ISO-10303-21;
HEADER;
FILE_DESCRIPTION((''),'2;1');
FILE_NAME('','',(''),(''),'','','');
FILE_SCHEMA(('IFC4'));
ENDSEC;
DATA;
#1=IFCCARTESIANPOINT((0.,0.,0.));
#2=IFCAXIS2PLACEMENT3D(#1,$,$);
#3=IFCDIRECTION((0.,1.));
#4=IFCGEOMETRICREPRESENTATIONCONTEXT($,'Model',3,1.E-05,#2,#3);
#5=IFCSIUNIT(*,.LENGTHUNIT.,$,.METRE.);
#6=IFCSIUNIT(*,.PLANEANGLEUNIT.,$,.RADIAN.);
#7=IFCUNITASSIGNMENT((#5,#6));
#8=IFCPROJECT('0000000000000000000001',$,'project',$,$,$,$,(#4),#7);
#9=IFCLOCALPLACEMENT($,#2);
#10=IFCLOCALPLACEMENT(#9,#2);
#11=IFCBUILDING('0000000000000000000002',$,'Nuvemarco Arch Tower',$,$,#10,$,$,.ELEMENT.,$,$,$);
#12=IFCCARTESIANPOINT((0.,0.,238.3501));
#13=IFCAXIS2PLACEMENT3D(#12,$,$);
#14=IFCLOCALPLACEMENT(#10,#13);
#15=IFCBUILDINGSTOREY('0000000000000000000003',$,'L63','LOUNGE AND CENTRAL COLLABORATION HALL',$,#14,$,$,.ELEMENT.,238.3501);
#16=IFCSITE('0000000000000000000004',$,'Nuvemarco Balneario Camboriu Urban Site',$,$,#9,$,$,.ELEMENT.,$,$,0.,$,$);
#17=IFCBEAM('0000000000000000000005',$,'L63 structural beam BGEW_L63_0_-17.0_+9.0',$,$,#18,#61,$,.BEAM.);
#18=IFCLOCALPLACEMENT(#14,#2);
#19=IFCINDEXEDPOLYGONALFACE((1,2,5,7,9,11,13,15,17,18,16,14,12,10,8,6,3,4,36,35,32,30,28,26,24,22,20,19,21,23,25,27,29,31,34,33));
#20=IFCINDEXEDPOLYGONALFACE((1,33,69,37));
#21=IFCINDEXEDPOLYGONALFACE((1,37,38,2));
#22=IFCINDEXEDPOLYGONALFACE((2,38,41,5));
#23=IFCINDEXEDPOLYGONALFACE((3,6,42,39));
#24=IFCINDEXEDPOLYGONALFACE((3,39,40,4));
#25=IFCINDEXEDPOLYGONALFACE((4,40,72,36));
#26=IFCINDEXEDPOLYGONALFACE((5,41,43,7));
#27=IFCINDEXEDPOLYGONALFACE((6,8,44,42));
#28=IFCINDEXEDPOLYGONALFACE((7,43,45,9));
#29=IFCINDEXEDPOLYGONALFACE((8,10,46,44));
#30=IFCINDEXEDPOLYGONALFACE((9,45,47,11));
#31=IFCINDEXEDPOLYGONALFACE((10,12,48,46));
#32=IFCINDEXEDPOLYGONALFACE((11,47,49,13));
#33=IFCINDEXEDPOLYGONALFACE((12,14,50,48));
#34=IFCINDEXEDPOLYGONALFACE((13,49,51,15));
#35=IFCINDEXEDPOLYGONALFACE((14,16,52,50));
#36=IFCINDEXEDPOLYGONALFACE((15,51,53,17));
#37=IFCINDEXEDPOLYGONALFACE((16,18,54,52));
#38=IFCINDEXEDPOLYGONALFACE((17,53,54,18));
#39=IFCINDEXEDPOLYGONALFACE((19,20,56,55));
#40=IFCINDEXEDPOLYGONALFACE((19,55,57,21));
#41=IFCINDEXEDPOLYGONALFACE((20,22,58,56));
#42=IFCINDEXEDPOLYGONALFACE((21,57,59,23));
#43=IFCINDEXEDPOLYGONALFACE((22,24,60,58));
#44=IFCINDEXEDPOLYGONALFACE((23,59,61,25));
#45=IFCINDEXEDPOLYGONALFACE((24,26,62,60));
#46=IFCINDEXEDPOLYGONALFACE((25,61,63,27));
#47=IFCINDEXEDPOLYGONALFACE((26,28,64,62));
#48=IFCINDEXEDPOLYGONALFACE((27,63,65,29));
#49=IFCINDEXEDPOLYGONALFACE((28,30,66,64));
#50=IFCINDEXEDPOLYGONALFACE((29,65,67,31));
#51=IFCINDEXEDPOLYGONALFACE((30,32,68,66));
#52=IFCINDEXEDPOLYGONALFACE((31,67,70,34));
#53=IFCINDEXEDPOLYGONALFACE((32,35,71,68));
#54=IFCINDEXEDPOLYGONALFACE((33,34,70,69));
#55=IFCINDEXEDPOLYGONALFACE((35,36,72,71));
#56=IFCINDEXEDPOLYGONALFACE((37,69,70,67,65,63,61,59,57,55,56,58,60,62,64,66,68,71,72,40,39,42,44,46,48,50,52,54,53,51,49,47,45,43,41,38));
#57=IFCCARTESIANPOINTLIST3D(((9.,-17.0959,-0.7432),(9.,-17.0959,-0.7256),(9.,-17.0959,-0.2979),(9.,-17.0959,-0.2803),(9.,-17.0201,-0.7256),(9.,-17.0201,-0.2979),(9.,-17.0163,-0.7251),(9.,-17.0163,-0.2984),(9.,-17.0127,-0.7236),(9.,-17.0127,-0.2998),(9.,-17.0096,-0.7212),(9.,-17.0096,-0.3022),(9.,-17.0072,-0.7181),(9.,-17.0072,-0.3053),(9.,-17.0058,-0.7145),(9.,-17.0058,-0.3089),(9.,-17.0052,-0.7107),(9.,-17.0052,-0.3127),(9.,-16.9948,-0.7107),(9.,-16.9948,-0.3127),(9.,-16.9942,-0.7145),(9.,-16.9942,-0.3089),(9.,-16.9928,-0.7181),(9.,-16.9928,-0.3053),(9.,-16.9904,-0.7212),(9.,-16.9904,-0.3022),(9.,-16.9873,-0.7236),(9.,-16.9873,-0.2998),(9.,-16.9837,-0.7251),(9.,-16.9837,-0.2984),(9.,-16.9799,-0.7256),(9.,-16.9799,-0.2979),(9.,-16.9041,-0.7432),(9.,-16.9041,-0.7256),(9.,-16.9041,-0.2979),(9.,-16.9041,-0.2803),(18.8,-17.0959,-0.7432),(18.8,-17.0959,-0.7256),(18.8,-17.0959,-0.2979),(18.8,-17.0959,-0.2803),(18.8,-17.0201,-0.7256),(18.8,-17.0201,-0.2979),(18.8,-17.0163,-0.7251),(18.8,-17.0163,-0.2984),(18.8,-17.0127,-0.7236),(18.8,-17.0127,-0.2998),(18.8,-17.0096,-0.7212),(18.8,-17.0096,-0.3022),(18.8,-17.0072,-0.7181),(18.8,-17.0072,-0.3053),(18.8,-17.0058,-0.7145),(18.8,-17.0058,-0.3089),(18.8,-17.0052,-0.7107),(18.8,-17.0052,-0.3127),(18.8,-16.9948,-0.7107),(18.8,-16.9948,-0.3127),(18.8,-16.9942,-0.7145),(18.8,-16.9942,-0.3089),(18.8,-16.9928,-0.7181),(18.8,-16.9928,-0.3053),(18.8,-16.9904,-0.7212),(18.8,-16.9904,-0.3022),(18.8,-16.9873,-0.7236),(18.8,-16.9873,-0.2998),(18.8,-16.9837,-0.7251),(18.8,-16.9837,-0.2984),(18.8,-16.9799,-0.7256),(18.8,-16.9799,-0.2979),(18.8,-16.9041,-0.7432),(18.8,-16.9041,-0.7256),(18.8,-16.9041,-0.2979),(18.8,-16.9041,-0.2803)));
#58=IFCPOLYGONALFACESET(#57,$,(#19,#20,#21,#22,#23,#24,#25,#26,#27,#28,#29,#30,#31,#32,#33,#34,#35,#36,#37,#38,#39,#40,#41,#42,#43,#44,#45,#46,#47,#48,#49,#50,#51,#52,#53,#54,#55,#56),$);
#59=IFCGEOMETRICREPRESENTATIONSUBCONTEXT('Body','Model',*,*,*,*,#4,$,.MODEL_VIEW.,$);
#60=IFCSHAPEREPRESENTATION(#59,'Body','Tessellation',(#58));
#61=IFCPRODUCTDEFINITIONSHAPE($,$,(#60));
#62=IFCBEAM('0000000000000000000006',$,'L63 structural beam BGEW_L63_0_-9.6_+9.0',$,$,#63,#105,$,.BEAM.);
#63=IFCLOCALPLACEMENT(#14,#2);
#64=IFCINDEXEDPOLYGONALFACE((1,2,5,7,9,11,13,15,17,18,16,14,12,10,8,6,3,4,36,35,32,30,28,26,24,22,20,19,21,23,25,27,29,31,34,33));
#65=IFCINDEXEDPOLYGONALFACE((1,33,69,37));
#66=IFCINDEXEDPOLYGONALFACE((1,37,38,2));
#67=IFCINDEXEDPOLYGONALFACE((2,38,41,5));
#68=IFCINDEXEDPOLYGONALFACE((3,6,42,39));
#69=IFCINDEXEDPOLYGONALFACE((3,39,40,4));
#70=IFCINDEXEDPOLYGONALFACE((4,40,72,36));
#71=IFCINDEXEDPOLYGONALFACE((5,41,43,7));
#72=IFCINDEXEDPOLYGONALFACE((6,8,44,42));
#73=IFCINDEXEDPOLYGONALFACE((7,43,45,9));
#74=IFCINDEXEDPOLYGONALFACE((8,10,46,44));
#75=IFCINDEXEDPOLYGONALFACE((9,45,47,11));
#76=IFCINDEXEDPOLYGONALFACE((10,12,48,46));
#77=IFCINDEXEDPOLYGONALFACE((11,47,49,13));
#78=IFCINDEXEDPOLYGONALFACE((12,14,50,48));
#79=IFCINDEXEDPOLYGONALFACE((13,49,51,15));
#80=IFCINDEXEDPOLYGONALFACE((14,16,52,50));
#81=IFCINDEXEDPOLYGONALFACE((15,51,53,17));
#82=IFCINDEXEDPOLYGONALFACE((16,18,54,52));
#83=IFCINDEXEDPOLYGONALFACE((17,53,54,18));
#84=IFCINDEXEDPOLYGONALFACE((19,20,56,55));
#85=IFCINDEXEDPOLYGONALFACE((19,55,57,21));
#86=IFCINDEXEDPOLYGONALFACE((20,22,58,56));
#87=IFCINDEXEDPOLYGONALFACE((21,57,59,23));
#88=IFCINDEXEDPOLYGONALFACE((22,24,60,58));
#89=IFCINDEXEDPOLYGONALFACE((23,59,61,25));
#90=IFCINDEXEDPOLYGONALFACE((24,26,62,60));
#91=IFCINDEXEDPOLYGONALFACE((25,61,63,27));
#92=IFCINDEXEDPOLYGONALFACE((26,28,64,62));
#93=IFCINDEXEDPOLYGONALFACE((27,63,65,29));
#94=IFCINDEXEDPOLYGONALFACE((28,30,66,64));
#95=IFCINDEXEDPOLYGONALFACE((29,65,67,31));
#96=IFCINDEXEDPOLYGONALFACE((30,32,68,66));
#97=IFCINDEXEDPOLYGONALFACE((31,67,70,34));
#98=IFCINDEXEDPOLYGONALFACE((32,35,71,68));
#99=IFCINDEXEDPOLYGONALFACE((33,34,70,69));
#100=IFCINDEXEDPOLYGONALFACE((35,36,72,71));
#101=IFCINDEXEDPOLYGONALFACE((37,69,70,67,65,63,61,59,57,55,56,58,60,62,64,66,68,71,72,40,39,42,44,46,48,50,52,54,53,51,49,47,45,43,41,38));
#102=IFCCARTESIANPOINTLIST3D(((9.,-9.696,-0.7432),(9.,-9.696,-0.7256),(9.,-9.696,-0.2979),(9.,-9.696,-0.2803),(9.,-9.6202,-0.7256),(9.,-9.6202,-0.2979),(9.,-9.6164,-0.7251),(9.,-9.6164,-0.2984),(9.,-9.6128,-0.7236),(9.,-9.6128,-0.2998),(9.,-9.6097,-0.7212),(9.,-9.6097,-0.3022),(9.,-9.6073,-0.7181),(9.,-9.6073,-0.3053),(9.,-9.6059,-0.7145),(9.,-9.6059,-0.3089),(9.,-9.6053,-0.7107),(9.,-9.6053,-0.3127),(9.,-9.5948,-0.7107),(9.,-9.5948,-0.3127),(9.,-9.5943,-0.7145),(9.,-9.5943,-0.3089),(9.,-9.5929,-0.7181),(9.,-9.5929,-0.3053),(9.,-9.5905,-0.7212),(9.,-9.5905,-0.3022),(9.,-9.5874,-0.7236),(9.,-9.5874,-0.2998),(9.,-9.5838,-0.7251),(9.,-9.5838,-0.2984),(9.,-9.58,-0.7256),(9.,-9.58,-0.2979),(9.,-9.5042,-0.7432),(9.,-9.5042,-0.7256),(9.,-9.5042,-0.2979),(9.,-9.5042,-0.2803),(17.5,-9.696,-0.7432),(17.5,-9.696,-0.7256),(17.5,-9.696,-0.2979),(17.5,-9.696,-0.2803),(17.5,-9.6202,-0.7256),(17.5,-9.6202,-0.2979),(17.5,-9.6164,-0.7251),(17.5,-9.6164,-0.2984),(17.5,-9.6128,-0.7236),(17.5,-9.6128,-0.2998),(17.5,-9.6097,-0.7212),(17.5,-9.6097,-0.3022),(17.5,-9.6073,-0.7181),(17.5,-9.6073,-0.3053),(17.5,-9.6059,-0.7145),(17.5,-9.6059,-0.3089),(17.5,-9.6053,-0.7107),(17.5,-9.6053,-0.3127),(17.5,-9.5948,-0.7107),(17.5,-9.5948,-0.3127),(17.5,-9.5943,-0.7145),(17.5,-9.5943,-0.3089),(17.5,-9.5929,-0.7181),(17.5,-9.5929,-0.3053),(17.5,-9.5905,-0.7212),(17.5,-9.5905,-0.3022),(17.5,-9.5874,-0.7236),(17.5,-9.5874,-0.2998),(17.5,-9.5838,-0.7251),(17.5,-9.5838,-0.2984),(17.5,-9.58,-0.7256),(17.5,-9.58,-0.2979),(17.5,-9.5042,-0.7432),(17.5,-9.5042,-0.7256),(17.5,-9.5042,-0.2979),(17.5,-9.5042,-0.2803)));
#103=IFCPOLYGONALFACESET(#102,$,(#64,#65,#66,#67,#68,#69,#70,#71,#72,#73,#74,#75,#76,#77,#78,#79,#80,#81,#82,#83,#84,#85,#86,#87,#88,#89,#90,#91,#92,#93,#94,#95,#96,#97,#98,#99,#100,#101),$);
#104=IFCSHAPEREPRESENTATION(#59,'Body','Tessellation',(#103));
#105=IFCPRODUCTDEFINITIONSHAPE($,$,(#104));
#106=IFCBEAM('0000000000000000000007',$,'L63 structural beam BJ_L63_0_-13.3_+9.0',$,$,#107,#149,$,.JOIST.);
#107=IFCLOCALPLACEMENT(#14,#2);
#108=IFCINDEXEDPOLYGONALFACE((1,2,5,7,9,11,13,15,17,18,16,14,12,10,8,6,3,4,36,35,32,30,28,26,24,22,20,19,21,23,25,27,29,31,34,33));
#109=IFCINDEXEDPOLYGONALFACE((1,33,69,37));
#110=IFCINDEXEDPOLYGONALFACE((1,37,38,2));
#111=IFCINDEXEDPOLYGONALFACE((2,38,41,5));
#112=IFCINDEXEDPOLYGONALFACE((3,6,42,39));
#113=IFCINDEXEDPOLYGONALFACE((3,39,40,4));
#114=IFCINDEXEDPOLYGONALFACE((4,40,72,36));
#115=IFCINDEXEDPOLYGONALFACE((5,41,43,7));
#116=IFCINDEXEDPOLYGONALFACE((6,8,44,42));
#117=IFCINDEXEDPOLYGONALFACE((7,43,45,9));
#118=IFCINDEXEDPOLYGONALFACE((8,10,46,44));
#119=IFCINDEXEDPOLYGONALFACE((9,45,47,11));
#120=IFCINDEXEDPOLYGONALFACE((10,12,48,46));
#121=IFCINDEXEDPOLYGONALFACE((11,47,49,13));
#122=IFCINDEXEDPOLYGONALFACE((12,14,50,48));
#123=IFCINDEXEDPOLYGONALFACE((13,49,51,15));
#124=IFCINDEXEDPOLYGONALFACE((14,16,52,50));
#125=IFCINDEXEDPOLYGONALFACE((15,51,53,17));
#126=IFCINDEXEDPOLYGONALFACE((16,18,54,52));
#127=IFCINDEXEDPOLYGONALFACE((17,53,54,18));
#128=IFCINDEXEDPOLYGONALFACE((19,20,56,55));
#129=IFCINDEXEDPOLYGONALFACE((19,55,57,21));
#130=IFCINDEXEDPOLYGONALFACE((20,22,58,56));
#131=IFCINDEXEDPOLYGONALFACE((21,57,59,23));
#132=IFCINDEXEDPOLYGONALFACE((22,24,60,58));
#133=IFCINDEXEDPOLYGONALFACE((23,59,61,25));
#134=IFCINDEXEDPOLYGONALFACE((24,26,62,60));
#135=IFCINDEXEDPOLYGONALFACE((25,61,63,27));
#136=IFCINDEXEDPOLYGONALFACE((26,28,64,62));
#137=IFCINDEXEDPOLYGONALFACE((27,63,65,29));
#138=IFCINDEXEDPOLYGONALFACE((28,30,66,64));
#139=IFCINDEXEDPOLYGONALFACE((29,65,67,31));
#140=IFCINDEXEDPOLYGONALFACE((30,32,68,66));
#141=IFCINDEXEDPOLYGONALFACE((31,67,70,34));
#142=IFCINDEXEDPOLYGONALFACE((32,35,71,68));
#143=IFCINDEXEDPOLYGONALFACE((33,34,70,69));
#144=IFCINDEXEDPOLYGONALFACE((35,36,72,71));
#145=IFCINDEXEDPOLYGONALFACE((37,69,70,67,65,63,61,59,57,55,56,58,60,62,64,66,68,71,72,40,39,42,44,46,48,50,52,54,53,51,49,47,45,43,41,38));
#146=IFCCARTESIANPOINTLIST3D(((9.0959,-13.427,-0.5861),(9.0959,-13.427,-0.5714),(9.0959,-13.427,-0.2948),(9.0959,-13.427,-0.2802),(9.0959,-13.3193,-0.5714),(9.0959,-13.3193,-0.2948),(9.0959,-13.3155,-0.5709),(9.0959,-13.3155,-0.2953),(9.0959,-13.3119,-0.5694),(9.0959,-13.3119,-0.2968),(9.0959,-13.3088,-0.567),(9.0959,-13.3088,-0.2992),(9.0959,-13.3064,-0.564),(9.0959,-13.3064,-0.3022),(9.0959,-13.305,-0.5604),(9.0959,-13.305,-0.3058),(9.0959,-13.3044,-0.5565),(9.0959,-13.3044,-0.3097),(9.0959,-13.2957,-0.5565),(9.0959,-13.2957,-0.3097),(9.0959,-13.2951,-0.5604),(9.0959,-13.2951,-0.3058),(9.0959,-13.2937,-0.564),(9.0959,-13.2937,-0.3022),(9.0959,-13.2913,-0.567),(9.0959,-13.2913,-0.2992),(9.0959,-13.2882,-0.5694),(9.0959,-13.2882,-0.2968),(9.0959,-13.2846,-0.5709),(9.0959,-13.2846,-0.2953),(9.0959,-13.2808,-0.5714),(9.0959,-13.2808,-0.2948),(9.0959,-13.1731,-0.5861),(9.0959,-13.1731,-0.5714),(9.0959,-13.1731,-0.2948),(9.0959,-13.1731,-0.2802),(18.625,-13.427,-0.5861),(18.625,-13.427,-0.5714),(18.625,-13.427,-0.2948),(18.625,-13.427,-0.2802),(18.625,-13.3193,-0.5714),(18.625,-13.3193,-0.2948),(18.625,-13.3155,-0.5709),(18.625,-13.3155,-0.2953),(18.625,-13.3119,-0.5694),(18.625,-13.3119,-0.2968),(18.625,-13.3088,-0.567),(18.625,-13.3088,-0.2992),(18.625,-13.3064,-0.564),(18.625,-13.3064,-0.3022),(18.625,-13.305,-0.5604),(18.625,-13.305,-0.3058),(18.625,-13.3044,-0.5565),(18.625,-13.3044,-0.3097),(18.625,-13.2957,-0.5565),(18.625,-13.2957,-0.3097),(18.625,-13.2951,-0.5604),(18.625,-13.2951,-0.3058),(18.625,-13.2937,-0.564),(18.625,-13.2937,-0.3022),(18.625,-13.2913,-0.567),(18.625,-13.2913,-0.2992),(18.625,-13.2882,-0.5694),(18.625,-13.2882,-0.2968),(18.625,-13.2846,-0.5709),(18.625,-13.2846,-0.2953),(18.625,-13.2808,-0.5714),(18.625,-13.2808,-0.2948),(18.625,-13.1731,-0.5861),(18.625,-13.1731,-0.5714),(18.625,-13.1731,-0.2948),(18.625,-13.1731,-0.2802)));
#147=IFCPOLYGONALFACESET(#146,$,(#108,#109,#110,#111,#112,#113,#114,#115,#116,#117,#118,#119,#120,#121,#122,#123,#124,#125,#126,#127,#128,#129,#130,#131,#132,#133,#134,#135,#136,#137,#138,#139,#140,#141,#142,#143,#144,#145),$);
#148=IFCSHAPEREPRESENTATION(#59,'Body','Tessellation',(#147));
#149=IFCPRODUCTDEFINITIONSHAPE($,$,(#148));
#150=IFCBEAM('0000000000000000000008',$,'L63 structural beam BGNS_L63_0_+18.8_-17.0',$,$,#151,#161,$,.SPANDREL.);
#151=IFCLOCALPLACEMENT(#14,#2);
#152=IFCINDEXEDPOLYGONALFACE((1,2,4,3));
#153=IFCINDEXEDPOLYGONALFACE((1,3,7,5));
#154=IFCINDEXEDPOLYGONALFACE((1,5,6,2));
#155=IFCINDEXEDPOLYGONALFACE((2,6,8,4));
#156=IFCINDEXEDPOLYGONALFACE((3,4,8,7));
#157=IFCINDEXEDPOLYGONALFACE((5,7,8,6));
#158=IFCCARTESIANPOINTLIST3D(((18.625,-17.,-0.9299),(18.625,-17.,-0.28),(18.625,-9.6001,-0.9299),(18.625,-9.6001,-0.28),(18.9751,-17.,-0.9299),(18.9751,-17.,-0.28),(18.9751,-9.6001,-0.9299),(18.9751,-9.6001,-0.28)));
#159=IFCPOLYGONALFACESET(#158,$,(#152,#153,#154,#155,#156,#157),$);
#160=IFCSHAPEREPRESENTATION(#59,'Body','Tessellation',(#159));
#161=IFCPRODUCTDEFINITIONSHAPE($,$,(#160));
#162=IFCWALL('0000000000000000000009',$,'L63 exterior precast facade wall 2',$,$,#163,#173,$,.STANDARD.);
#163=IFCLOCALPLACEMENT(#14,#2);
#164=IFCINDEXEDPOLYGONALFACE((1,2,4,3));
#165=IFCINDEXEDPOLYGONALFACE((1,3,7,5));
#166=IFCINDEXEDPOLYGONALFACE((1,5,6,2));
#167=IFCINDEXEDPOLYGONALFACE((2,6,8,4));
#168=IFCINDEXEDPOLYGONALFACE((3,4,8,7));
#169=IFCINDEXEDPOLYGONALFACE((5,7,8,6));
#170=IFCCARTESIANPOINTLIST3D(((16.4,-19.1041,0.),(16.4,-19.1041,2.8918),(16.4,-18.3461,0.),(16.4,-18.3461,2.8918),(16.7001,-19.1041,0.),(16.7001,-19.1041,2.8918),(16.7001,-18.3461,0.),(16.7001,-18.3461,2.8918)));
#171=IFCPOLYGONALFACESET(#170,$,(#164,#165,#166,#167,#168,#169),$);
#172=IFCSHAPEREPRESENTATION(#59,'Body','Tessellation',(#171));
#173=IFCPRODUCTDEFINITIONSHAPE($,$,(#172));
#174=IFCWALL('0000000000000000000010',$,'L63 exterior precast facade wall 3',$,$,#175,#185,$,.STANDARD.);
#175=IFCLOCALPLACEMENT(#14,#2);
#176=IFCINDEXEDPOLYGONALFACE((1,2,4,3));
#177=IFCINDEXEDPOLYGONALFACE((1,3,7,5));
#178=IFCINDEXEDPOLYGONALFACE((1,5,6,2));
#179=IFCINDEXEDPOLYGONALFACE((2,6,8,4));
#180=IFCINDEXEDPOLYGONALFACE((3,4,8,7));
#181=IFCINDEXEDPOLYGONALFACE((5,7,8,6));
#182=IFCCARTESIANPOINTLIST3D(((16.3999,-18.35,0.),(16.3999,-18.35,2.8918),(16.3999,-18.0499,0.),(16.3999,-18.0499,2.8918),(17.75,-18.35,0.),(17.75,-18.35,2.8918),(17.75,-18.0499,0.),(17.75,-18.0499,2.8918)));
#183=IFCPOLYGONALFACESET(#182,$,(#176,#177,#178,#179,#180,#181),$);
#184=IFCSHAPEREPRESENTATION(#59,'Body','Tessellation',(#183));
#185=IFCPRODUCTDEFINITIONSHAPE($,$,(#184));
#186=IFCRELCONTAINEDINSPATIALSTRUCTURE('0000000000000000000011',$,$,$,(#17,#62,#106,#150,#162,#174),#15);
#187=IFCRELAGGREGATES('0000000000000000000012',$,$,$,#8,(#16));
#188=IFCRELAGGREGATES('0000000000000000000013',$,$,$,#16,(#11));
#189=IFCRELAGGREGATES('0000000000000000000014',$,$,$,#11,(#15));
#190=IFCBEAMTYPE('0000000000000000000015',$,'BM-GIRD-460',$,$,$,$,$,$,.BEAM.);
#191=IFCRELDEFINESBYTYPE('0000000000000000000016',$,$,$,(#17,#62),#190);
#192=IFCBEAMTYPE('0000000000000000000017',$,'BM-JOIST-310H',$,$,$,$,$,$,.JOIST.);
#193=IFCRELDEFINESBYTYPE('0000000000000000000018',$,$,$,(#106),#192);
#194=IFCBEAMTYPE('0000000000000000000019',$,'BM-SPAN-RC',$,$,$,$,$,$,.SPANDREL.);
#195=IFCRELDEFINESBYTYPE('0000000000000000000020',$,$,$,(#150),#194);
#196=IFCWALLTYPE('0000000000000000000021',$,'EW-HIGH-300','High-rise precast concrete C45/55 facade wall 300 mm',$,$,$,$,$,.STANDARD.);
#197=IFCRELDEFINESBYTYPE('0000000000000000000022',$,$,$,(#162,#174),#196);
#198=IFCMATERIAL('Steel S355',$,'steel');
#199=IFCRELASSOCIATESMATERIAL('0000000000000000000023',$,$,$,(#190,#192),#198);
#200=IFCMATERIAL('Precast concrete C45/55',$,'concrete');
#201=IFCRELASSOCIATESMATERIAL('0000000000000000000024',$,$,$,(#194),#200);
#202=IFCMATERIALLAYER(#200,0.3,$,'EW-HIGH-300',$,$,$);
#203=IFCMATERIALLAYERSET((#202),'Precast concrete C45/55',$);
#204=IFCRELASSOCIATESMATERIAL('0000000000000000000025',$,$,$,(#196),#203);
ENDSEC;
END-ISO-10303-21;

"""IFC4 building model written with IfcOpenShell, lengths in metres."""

from ifc_helpers import new_model, si_unit, direction, frame, frame_2d, origin, origin_2d, place, context, subcontext, project, spatial, rectangle, i_section, extrude, material, layer, layer_set, material_profile, profile_set, type_object, element, save


model = new_model("IFC4")

# Units and contexts
model_context = context("Model", 3, precision=1e-05, world=origin(), true_north=direction((0.0, 1.0)))
body_context = subcontext(model_context, "Body", "Model", "MODEL_VIEW")
ifc_project = project(units=[si_unit("LENGTHUNIT", "METRE"), si_unit("PLANEANGLEUNIT", "RADIAN")], contexts=[model_context])

# Site, building, storey
site_placement = place(None, origin())
site = spatial("IfcSite", under=ifc_project, at=site_placement, Name="Nuvemarco Balneario Camboriu Urban Site", CompositionType="ELEMENT", RefElevation=0.0)
building_placement = place(site_placement, origin())
building = spatial("IfcBuilding", under=site, at=building_placement, Name="Nuvemarco Arch Tower", CompositionType="ELEMENT")
storey_placement = place(building_placement, frame((0.0, 0.0, 238.3501)))
storey = spatial("IfcBuildingStorey", under=building, at=storey_placement, Name="L63", Description="LOUNGE AND CENTRAL COLLABORATION HALL", CompositionType="ELEMENT", Elevation=238.3501)

# Shared definitions
ifc_material_1 = material(Name="Steel S355", Category="steel")

# Beams
ifc_material_profile_1 = material_profile(ifc_material_1, i_section(OverallWidth=0.1919, OverallDepth=0.4629, WebThickness=0.0105, FlangeThickness=0.0176, FilletRadius=0.0149, at=origin_2d()), Name="W460x89")
ifc_profile_set_1 = profile_set([ifc_material_profile_1], Name="Steel S355")
beam_type_1 = type_object("IfcBeamType", Name="BM-GIRD-460", PredefinedType="BEAM", material=ifc_profile_set_1)
beam_1_placement = place(storey_placement, frame((9.0, -17.0, -0.5117), z_axis=(1.0, 0.0, 0.0), x_axis=(0.0, 1.0, 0.0)))
element("IfcBeam", 1, at=beam_1_placement, inside=storey, type_object=beam_type_1, Name="L63 structural beam BGEW_L63_0_-17.0_+9.0", PredefinedType="BEAM", context=body_context, shape_type="SweptSolid", body=[
    extrude(i_section(OverallWidth=0.1919, OverallDepth=0.4629, WebThickness=0.0105, FlangeThickness=0.0176, FilletRadius=0.0149, at=origin_2d()), origin(), (0.0, 0.0, 1.0), 9.8),
])
beam_2_placement = place(storey_placement, frame((9.0, -9.6001, -0.5117), z_axis=(1.0, 0.0, 0.0), x_axis=(0.0, 1.0, 0.0)))
element("IfcBeam", 2, at=beam_2_placement, inside=storey, type_object=beam_type_1, Name="L63 structural beam BGEW_L63_0_-9.6_+9.0", PredefinedType="BEAM", context=body_context, shape_type="SweptSolid", body=[
    extrude(i_section(OverallWidth=0.1919, OverallDepth=0.4629, WebThickness=0.0105, FlangeThickness=0.0176, FilletRadius=0.0149, at=origin_2d()), origin(), (0.0, 0.0, 1.0), 8.5),
])
ifc_material_profile_2 = material_profile(ifc_material_1, i_section(OverallWidth=0.2539, OverallDepth=0.3059, WebThickness=0.0088, FlangeThickness=0.0146, FilletRadius=0.0149, at=origin_2d()), Name="W310x79")
ifc_profile_set_2 = profile_set([ifc_material_profile_2], Name="Steel S355")
beam_type_2 = type_object("IfcBeamType", Name="BM-JOIST-310H", PredefinedType="JOIST", material=ifc_profile_set_2)
beam_3_placement = place(storey_placement, frame((9.0959, -13.3, -0.4331), z_axis=(1.0, 0.0, 0.0), x_axis=(0.0, 1.0, 0.0)))
element("IfcBeam", 3, at=beam_3_placement, inside=storey, type_object=beam_type_2, Name="L63 structural beam BJ_L63_0_-13.3_+9.0", PredefinedType="JOIST", context=body_context, shape_type="SweptSolid", body=[
    extrude(i_section(OverallWidth=0.2539, OverallDepth=0.3059, WebThickness=0.0088, FlangeThickness=0.0146, FilletRadius=0.0149, at=origin_2d()), origin(), (0.0, 0.0, 1.0), 9.5291),
])
ifc_material_2 = material(Name="Precast concrete C45/55", Category="concrete")
ifc_material_profile_3 = material_profile(ifc_material_2, rectangle(XDim=0.3501, YDim=0.6499, at=origin_2d()), Name="PC-SP-350x650")
ifc_profile_set_3 = profile_set([ifc_material_profile_3], Name="Precast concrete C45/55")
beam_type_3 = type_object("IfcBeamType", Name="BM-SPAN-RC", PredefinedType="SPANDREL", material=ifc_profile_set_3)
beam_4_placement = place(storey_placement, frame((18.8, -17.0, -0.605), z_axis=(0.0, 1.0, 0.0), x_axis=(-1.0, 0.0, 0.0)))
element("IfcBeam", 4, at=beam_4_placement, inside=storey, type_object=beam_type_3, Name="L63 structural beam BGNS_L63_0_+18.8_-17.0", PredefinedType="SPANDREL", context=body_context, shape_type="SweptSolid", body=[
    extrude(rectangle(XDim=0.3501, YDim=0.6499, at=origin_2d()), origin(), (0.0, 0.0, 1.0), 7.3999),
])

# Walls
ifc_layer_1 = layer(ifc_material_2, 0.3, Name="EW-HIGH-300")
ifc_layer_set_1 = layer_set([ifc_layer_1], Name="Precast concrete C45/55")
wall_type_1 = type_object("IfcWallType", Name="EW-HIGH-300", Description="High-rise precast concrete C45/55 facade wall 300 mm", PredefinedType="STANDARD", material=ifc_layer_set_1)
wall_1_placement = place(storey_placement, frame((16.55, -19.104, 0.0), z_axis=(0.0, 0.0, 1.0), x_axis=(0.0, 1.0, 0.0)))
element("IfcWall", 5, at=wall_1_placement, inside=storey, type_object=wall_type_1, Name="L63 exterior precast facade wall 2", PredefinedType="STANDARD", context=body_context, shape_type="SweptSolid", body=[
    extrude(rectangle(XDim=0.7581, YDim=0.3, at=frame_2d((0.3789, 0.0))), origin(), (0.0, 0.0, 1.0), 2.8918),
])
wall_2_placement = place(storey_placement, frame((16.3999, -18.2, 0.0), z_axis=(0.0, 0.0, 1.0), x_axis=(1.0, 0.0, 0.0)))
element("IfcWall", 6, at=wall_2_placement, inside=storey, type_object=wall_type_1, Name="L63 exterior precast facade wall 3", PredefinedType="STANDARD", context=body_context, shape_type="SweptSolid", body=[
    extrude(rectangle(XDim=1.3501, YDim=0.3, at=frame_2d((0.675, 0.0))), origin(), (0.0, 0.0, 1.0), 2.8918),
])

save(model, "model.ifc")
